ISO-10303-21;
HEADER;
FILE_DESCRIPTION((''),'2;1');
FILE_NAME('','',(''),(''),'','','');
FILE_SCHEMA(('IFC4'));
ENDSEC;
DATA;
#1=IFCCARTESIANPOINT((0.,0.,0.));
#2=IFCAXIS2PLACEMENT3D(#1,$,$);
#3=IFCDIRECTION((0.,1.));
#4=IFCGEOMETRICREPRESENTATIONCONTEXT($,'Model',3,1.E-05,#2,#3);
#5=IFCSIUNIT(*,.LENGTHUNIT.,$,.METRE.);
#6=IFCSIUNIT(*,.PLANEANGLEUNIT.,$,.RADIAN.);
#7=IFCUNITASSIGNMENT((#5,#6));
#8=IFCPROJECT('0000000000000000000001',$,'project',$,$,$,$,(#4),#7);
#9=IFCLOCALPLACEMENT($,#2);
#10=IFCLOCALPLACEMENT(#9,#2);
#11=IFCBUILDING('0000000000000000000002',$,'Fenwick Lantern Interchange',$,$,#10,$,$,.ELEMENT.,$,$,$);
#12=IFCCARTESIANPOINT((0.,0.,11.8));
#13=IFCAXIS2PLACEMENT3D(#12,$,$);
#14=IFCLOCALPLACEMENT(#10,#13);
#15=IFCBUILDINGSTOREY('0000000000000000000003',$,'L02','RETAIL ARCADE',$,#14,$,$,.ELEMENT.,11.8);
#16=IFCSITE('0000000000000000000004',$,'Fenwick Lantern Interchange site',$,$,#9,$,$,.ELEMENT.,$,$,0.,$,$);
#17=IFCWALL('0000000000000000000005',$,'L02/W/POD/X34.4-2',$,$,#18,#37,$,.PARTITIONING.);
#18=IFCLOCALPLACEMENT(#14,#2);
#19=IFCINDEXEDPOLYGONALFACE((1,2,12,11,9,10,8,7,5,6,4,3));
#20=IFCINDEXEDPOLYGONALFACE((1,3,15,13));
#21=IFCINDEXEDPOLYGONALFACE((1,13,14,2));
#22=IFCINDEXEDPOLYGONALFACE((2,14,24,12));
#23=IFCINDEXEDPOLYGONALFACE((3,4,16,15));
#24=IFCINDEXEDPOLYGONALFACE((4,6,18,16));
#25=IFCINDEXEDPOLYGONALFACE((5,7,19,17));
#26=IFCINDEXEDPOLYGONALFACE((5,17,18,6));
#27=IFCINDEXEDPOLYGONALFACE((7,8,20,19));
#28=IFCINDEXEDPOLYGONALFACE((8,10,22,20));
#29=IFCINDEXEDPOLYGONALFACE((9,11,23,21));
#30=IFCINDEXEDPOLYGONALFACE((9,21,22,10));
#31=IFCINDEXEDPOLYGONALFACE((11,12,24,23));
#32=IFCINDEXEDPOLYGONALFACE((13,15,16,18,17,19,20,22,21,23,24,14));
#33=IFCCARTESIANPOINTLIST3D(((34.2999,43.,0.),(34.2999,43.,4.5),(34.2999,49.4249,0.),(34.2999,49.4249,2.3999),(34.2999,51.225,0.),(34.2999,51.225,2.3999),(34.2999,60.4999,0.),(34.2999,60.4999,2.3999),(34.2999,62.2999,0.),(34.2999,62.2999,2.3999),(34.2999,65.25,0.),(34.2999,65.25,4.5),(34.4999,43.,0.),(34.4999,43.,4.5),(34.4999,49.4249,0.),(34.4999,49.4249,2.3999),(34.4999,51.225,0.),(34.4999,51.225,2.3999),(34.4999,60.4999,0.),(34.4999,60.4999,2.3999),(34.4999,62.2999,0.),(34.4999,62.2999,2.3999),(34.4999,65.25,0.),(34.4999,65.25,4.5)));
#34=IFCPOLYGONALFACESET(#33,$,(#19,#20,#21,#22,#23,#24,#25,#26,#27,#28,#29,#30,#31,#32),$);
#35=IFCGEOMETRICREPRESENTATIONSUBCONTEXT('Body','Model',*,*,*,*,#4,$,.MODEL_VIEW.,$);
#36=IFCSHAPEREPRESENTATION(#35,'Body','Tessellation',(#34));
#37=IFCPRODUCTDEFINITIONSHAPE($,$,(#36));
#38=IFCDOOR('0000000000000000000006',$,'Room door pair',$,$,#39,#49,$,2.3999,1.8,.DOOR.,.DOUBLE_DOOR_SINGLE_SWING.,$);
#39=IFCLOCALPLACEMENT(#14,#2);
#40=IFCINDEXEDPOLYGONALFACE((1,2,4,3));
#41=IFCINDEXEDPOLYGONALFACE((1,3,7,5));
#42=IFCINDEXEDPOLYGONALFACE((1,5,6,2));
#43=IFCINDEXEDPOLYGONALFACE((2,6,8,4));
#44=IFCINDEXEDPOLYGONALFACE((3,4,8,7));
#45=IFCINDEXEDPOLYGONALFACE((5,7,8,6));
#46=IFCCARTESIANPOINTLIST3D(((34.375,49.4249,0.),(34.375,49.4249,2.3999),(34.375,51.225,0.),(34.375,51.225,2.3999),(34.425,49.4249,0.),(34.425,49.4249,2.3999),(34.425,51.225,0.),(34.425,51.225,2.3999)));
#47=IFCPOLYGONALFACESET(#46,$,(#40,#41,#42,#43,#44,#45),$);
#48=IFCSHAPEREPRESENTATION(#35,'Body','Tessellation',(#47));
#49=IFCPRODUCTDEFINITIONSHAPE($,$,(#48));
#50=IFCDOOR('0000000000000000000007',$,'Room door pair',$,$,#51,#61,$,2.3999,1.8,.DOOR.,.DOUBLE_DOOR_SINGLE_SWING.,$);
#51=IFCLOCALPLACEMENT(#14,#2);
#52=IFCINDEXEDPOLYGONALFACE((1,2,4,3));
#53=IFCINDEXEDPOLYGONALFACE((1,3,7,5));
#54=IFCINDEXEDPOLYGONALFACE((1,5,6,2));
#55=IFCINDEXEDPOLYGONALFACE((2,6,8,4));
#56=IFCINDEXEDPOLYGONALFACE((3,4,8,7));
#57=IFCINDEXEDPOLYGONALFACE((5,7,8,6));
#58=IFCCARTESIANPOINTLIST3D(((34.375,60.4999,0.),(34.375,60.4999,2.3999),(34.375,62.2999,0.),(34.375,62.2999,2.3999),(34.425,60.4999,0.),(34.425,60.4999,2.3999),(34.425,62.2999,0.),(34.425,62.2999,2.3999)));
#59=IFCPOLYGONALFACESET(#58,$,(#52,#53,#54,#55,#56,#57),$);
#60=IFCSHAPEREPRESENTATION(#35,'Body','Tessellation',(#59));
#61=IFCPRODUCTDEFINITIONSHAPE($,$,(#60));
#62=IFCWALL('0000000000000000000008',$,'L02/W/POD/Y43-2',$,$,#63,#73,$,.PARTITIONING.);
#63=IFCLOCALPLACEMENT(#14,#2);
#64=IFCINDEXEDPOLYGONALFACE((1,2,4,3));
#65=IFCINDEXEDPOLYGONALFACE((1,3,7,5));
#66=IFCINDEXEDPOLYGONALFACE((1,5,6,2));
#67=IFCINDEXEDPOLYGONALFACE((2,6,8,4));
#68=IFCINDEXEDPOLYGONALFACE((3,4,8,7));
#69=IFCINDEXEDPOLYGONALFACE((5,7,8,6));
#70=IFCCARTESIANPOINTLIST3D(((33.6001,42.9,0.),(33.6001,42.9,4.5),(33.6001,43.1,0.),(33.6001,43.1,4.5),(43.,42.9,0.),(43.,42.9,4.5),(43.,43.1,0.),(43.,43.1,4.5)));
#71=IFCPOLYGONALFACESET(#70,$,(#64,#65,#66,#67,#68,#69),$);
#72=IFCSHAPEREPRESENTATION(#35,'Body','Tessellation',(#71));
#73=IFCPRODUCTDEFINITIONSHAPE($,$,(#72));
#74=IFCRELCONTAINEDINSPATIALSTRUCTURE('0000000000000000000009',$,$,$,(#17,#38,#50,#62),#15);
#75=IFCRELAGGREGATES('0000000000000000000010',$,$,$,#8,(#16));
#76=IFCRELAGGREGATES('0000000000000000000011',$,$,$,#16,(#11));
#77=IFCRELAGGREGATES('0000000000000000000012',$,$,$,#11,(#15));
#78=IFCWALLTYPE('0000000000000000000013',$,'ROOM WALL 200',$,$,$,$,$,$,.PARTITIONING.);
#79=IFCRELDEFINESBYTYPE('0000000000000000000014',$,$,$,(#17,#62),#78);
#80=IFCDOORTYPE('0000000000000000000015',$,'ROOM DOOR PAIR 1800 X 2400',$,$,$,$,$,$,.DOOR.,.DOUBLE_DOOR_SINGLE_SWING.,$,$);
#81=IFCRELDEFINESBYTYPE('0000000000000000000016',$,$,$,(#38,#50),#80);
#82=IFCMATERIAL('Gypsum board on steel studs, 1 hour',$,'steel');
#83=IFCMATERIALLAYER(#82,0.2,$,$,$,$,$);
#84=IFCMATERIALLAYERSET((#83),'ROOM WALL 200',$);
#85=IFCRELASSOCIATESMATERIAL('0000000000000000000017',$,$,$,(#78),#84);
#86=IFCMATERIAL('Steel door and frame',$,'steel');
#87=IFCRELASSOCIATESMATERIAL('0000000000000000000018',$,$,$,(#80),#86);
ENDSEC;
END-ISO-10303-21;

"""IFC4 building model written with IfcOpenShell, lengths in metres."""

from ifc_helpers import new_model, si_unit, direction, frame, frame_2d, origin, place, context, subcontext, project, spatial, rectangle, extrude, material, layer, layer_set, type_object, element, fill, save


model = new_model("IFC4")

# Units and contexts
model_context = context("Model", 3, precision=1e-05, world=origin(), true_north=direction((0.0, 1.0)))
body_context = subcontext(model_context, "Body", "Model", "MODEL_VIEW")
ifc_project = project(units=[si_unit("LENGTHUNIT", "METRE"), si_unit("PLANEANGLEUNIT", "RADIAN")], contexts=[model_context])

# Site, building, storey
site_placement = place(None, origin())
site = spatial("IfcSite", under=ifc_project, at=site_placement, Name="Fenwick Lantern Interchange site", CompositionType="ELEMENT", RefElevation=0.0)
building_placement = place(site_placement, origin())
building = spatial("IfcBuilding", under=site, at=building_placement, Name="Fenwick Lantern Interchange", CompositionType="ELEMENT")
storey_placement = place(building_placement, frame((0.0, 0.0, 11.8)))
storey = spatial("IfcBuildingStorey", under=building, at=storey_placement, Name="L02", Description="RETAIL ARCADE", CompositionType="ELEMENT", Elevation=11.8)

# Wall, openings, doors
ifc_material_1 = material(Name="Gypsum board on steel studs, 1 hour", Category="steel")
ifc_layer = layer(ifc_material_1, 0.2)
ifc_layer_set = layer_set([ifc_layer], Name="ROOM WALL 200")
wall_type = type_object("IfcWallType", Name="ROOM WALL 200", PredefinedType="PARTITIONING", material=ifc_layer_set)
wall_1_placement = place(storey_placement, frame((34.3999, 43.0, 0.0), z_axis=(0.0, 0.0, 1.0), x_axis=(0.0, 1.0, 0.0)))
wall_1 = element("IfcWall", 1, at=wall_1_placement, inside=storey, type_object=wall_type, Name="L02/W/POD/X34.4-2", PredefinedType="PARTITIONING", context=body_context, shape_type="SweptSolid", body=[
    extrude(rectangle(XDim=22.25, YDim=0.2, at=frame_2d((11.125, 0.0))), origin(), (0.0, 0.0, 1.0), 4.5),
])
opening_1_placement = place(wall_1_placement, frame((6.425, 0.0, 0.0)))
opening_1 = element("IfcOpeningElement", 2, at=opening_1_placement, cuts=wall_1, PredefinedType="OPENING", context=body_context, shape_type="SweptSolid", body=[
    extrude(rectangle(XDim=1.8, YDim=2.3999, at=frame_2d((0.8999, 1.2))), frame((0.0, 0.1099, 0.0), z_axis=(0.0, -1.0, 0.0), x_axis=(1.0, 0.0, 0.0)), (0.0, 0.0, 1.0), 0.22),
])
opening_2_placement = place(wall_1_placement, frame((17.5, 0.0, 0.0)))
opening_2 = element("IfcOpeningElement", 3, at=opening_2_placement, cuts=wall_1, PredefinedType="OPENING", context=body_context, shape_type="SweptSolid", body=[
    extrude(rectangle(XDim=1.8, YDim=2.3999, at=frame_2d((0.8999, 1.2))), frame((0.0, 0.1099, 0.0), z_axis=(0.0, -1.0, 0.0), x_axis=(1.0, 0.0, 0.0)), (0.0, 0.0, 1.0), 0.22),
])
ifc_material_2 = material(Name="Steel door and frame", Category="steel")
door_type = type_object("IfcDoorType", Name="ROOM DOOR PAIR 1800 X 2400", OperationType="DOUBLE_DOOR_SINGLE_SWING", PredefinedType="DOOR", material=ifc_material_2)
door_1_placement = place(opening_1_placement, origin())
door_1 = element("IfcDoor", 4, at=door_1_placement, inside=storey, type_object=door_type, Name="Room door pair", OperationType="DOUBLE_DOOR_SINGLE_SWING", OverallHeight=2.3999, OverallWidth=1.8, PredefinedType="DOOR", context=body_context, shape_type="SweptSolid", body=[
    extrude(rectangle(XDim=1.8, YDim=2.3999, at=frame_2d((0.8999, 1.2))), frame((0.0, 0.0249, 0.0), z_axis=(0.0, -1.0, 0.0), x_axis=(1.0, 0.0, 0.0)), (0.0, 0.0, 1.0), 0.05),
])
fill(opening_1, door_1)
door_2_placement = place(opening_2_placement, origin())
door_2 = element("IfcDoor", 5, at=door_2_placement, inside=storey, type_object=door_type, Name="Room door pair", OperationType="DOUBLE_DOOR_SINGLE_SWING", OverallHeight=2.3999, OverallWidth=1.8, PredefinedType="DOOR", context=body_context, shape_type="SweptSolid", body=[
    extrude(rectangle(XDim=1.8, YDim=2.3999, at=frame_2d((0.8999, 1.2))), frame((0.0, 0.0249, 0.0), z_axis=(0.0, -1.0, 0.0), x_axis=(1.0, 0.0, 0.0)), (0.0, 0.0, 1.0), 0.05),
])
fill(opening_2, door_2)

# Wall
wall_2_placement = place(storey_placement, frame((33.6001, 43.0, 0.0), z_axis=(0.0, 0.0, 1.0), x_axis=(1.0, 0.0, 0.0)))
element("IfcWall", 6, at=wall_2_placement, inside=storey, type_object=wall_type, Name="L02/W/POD/Y43-2", PredefinedType="PARTITIONING", context=body_context, shape_type="SweptSolid", body=[
    extrude(rectangle(XDim=9.3999, YDim=0.2, at=frame_2d((4.7, 0.0))), origin(), (0.0, 0.0, 1.0), 4.5),
])

save(model, "model.ifc")
